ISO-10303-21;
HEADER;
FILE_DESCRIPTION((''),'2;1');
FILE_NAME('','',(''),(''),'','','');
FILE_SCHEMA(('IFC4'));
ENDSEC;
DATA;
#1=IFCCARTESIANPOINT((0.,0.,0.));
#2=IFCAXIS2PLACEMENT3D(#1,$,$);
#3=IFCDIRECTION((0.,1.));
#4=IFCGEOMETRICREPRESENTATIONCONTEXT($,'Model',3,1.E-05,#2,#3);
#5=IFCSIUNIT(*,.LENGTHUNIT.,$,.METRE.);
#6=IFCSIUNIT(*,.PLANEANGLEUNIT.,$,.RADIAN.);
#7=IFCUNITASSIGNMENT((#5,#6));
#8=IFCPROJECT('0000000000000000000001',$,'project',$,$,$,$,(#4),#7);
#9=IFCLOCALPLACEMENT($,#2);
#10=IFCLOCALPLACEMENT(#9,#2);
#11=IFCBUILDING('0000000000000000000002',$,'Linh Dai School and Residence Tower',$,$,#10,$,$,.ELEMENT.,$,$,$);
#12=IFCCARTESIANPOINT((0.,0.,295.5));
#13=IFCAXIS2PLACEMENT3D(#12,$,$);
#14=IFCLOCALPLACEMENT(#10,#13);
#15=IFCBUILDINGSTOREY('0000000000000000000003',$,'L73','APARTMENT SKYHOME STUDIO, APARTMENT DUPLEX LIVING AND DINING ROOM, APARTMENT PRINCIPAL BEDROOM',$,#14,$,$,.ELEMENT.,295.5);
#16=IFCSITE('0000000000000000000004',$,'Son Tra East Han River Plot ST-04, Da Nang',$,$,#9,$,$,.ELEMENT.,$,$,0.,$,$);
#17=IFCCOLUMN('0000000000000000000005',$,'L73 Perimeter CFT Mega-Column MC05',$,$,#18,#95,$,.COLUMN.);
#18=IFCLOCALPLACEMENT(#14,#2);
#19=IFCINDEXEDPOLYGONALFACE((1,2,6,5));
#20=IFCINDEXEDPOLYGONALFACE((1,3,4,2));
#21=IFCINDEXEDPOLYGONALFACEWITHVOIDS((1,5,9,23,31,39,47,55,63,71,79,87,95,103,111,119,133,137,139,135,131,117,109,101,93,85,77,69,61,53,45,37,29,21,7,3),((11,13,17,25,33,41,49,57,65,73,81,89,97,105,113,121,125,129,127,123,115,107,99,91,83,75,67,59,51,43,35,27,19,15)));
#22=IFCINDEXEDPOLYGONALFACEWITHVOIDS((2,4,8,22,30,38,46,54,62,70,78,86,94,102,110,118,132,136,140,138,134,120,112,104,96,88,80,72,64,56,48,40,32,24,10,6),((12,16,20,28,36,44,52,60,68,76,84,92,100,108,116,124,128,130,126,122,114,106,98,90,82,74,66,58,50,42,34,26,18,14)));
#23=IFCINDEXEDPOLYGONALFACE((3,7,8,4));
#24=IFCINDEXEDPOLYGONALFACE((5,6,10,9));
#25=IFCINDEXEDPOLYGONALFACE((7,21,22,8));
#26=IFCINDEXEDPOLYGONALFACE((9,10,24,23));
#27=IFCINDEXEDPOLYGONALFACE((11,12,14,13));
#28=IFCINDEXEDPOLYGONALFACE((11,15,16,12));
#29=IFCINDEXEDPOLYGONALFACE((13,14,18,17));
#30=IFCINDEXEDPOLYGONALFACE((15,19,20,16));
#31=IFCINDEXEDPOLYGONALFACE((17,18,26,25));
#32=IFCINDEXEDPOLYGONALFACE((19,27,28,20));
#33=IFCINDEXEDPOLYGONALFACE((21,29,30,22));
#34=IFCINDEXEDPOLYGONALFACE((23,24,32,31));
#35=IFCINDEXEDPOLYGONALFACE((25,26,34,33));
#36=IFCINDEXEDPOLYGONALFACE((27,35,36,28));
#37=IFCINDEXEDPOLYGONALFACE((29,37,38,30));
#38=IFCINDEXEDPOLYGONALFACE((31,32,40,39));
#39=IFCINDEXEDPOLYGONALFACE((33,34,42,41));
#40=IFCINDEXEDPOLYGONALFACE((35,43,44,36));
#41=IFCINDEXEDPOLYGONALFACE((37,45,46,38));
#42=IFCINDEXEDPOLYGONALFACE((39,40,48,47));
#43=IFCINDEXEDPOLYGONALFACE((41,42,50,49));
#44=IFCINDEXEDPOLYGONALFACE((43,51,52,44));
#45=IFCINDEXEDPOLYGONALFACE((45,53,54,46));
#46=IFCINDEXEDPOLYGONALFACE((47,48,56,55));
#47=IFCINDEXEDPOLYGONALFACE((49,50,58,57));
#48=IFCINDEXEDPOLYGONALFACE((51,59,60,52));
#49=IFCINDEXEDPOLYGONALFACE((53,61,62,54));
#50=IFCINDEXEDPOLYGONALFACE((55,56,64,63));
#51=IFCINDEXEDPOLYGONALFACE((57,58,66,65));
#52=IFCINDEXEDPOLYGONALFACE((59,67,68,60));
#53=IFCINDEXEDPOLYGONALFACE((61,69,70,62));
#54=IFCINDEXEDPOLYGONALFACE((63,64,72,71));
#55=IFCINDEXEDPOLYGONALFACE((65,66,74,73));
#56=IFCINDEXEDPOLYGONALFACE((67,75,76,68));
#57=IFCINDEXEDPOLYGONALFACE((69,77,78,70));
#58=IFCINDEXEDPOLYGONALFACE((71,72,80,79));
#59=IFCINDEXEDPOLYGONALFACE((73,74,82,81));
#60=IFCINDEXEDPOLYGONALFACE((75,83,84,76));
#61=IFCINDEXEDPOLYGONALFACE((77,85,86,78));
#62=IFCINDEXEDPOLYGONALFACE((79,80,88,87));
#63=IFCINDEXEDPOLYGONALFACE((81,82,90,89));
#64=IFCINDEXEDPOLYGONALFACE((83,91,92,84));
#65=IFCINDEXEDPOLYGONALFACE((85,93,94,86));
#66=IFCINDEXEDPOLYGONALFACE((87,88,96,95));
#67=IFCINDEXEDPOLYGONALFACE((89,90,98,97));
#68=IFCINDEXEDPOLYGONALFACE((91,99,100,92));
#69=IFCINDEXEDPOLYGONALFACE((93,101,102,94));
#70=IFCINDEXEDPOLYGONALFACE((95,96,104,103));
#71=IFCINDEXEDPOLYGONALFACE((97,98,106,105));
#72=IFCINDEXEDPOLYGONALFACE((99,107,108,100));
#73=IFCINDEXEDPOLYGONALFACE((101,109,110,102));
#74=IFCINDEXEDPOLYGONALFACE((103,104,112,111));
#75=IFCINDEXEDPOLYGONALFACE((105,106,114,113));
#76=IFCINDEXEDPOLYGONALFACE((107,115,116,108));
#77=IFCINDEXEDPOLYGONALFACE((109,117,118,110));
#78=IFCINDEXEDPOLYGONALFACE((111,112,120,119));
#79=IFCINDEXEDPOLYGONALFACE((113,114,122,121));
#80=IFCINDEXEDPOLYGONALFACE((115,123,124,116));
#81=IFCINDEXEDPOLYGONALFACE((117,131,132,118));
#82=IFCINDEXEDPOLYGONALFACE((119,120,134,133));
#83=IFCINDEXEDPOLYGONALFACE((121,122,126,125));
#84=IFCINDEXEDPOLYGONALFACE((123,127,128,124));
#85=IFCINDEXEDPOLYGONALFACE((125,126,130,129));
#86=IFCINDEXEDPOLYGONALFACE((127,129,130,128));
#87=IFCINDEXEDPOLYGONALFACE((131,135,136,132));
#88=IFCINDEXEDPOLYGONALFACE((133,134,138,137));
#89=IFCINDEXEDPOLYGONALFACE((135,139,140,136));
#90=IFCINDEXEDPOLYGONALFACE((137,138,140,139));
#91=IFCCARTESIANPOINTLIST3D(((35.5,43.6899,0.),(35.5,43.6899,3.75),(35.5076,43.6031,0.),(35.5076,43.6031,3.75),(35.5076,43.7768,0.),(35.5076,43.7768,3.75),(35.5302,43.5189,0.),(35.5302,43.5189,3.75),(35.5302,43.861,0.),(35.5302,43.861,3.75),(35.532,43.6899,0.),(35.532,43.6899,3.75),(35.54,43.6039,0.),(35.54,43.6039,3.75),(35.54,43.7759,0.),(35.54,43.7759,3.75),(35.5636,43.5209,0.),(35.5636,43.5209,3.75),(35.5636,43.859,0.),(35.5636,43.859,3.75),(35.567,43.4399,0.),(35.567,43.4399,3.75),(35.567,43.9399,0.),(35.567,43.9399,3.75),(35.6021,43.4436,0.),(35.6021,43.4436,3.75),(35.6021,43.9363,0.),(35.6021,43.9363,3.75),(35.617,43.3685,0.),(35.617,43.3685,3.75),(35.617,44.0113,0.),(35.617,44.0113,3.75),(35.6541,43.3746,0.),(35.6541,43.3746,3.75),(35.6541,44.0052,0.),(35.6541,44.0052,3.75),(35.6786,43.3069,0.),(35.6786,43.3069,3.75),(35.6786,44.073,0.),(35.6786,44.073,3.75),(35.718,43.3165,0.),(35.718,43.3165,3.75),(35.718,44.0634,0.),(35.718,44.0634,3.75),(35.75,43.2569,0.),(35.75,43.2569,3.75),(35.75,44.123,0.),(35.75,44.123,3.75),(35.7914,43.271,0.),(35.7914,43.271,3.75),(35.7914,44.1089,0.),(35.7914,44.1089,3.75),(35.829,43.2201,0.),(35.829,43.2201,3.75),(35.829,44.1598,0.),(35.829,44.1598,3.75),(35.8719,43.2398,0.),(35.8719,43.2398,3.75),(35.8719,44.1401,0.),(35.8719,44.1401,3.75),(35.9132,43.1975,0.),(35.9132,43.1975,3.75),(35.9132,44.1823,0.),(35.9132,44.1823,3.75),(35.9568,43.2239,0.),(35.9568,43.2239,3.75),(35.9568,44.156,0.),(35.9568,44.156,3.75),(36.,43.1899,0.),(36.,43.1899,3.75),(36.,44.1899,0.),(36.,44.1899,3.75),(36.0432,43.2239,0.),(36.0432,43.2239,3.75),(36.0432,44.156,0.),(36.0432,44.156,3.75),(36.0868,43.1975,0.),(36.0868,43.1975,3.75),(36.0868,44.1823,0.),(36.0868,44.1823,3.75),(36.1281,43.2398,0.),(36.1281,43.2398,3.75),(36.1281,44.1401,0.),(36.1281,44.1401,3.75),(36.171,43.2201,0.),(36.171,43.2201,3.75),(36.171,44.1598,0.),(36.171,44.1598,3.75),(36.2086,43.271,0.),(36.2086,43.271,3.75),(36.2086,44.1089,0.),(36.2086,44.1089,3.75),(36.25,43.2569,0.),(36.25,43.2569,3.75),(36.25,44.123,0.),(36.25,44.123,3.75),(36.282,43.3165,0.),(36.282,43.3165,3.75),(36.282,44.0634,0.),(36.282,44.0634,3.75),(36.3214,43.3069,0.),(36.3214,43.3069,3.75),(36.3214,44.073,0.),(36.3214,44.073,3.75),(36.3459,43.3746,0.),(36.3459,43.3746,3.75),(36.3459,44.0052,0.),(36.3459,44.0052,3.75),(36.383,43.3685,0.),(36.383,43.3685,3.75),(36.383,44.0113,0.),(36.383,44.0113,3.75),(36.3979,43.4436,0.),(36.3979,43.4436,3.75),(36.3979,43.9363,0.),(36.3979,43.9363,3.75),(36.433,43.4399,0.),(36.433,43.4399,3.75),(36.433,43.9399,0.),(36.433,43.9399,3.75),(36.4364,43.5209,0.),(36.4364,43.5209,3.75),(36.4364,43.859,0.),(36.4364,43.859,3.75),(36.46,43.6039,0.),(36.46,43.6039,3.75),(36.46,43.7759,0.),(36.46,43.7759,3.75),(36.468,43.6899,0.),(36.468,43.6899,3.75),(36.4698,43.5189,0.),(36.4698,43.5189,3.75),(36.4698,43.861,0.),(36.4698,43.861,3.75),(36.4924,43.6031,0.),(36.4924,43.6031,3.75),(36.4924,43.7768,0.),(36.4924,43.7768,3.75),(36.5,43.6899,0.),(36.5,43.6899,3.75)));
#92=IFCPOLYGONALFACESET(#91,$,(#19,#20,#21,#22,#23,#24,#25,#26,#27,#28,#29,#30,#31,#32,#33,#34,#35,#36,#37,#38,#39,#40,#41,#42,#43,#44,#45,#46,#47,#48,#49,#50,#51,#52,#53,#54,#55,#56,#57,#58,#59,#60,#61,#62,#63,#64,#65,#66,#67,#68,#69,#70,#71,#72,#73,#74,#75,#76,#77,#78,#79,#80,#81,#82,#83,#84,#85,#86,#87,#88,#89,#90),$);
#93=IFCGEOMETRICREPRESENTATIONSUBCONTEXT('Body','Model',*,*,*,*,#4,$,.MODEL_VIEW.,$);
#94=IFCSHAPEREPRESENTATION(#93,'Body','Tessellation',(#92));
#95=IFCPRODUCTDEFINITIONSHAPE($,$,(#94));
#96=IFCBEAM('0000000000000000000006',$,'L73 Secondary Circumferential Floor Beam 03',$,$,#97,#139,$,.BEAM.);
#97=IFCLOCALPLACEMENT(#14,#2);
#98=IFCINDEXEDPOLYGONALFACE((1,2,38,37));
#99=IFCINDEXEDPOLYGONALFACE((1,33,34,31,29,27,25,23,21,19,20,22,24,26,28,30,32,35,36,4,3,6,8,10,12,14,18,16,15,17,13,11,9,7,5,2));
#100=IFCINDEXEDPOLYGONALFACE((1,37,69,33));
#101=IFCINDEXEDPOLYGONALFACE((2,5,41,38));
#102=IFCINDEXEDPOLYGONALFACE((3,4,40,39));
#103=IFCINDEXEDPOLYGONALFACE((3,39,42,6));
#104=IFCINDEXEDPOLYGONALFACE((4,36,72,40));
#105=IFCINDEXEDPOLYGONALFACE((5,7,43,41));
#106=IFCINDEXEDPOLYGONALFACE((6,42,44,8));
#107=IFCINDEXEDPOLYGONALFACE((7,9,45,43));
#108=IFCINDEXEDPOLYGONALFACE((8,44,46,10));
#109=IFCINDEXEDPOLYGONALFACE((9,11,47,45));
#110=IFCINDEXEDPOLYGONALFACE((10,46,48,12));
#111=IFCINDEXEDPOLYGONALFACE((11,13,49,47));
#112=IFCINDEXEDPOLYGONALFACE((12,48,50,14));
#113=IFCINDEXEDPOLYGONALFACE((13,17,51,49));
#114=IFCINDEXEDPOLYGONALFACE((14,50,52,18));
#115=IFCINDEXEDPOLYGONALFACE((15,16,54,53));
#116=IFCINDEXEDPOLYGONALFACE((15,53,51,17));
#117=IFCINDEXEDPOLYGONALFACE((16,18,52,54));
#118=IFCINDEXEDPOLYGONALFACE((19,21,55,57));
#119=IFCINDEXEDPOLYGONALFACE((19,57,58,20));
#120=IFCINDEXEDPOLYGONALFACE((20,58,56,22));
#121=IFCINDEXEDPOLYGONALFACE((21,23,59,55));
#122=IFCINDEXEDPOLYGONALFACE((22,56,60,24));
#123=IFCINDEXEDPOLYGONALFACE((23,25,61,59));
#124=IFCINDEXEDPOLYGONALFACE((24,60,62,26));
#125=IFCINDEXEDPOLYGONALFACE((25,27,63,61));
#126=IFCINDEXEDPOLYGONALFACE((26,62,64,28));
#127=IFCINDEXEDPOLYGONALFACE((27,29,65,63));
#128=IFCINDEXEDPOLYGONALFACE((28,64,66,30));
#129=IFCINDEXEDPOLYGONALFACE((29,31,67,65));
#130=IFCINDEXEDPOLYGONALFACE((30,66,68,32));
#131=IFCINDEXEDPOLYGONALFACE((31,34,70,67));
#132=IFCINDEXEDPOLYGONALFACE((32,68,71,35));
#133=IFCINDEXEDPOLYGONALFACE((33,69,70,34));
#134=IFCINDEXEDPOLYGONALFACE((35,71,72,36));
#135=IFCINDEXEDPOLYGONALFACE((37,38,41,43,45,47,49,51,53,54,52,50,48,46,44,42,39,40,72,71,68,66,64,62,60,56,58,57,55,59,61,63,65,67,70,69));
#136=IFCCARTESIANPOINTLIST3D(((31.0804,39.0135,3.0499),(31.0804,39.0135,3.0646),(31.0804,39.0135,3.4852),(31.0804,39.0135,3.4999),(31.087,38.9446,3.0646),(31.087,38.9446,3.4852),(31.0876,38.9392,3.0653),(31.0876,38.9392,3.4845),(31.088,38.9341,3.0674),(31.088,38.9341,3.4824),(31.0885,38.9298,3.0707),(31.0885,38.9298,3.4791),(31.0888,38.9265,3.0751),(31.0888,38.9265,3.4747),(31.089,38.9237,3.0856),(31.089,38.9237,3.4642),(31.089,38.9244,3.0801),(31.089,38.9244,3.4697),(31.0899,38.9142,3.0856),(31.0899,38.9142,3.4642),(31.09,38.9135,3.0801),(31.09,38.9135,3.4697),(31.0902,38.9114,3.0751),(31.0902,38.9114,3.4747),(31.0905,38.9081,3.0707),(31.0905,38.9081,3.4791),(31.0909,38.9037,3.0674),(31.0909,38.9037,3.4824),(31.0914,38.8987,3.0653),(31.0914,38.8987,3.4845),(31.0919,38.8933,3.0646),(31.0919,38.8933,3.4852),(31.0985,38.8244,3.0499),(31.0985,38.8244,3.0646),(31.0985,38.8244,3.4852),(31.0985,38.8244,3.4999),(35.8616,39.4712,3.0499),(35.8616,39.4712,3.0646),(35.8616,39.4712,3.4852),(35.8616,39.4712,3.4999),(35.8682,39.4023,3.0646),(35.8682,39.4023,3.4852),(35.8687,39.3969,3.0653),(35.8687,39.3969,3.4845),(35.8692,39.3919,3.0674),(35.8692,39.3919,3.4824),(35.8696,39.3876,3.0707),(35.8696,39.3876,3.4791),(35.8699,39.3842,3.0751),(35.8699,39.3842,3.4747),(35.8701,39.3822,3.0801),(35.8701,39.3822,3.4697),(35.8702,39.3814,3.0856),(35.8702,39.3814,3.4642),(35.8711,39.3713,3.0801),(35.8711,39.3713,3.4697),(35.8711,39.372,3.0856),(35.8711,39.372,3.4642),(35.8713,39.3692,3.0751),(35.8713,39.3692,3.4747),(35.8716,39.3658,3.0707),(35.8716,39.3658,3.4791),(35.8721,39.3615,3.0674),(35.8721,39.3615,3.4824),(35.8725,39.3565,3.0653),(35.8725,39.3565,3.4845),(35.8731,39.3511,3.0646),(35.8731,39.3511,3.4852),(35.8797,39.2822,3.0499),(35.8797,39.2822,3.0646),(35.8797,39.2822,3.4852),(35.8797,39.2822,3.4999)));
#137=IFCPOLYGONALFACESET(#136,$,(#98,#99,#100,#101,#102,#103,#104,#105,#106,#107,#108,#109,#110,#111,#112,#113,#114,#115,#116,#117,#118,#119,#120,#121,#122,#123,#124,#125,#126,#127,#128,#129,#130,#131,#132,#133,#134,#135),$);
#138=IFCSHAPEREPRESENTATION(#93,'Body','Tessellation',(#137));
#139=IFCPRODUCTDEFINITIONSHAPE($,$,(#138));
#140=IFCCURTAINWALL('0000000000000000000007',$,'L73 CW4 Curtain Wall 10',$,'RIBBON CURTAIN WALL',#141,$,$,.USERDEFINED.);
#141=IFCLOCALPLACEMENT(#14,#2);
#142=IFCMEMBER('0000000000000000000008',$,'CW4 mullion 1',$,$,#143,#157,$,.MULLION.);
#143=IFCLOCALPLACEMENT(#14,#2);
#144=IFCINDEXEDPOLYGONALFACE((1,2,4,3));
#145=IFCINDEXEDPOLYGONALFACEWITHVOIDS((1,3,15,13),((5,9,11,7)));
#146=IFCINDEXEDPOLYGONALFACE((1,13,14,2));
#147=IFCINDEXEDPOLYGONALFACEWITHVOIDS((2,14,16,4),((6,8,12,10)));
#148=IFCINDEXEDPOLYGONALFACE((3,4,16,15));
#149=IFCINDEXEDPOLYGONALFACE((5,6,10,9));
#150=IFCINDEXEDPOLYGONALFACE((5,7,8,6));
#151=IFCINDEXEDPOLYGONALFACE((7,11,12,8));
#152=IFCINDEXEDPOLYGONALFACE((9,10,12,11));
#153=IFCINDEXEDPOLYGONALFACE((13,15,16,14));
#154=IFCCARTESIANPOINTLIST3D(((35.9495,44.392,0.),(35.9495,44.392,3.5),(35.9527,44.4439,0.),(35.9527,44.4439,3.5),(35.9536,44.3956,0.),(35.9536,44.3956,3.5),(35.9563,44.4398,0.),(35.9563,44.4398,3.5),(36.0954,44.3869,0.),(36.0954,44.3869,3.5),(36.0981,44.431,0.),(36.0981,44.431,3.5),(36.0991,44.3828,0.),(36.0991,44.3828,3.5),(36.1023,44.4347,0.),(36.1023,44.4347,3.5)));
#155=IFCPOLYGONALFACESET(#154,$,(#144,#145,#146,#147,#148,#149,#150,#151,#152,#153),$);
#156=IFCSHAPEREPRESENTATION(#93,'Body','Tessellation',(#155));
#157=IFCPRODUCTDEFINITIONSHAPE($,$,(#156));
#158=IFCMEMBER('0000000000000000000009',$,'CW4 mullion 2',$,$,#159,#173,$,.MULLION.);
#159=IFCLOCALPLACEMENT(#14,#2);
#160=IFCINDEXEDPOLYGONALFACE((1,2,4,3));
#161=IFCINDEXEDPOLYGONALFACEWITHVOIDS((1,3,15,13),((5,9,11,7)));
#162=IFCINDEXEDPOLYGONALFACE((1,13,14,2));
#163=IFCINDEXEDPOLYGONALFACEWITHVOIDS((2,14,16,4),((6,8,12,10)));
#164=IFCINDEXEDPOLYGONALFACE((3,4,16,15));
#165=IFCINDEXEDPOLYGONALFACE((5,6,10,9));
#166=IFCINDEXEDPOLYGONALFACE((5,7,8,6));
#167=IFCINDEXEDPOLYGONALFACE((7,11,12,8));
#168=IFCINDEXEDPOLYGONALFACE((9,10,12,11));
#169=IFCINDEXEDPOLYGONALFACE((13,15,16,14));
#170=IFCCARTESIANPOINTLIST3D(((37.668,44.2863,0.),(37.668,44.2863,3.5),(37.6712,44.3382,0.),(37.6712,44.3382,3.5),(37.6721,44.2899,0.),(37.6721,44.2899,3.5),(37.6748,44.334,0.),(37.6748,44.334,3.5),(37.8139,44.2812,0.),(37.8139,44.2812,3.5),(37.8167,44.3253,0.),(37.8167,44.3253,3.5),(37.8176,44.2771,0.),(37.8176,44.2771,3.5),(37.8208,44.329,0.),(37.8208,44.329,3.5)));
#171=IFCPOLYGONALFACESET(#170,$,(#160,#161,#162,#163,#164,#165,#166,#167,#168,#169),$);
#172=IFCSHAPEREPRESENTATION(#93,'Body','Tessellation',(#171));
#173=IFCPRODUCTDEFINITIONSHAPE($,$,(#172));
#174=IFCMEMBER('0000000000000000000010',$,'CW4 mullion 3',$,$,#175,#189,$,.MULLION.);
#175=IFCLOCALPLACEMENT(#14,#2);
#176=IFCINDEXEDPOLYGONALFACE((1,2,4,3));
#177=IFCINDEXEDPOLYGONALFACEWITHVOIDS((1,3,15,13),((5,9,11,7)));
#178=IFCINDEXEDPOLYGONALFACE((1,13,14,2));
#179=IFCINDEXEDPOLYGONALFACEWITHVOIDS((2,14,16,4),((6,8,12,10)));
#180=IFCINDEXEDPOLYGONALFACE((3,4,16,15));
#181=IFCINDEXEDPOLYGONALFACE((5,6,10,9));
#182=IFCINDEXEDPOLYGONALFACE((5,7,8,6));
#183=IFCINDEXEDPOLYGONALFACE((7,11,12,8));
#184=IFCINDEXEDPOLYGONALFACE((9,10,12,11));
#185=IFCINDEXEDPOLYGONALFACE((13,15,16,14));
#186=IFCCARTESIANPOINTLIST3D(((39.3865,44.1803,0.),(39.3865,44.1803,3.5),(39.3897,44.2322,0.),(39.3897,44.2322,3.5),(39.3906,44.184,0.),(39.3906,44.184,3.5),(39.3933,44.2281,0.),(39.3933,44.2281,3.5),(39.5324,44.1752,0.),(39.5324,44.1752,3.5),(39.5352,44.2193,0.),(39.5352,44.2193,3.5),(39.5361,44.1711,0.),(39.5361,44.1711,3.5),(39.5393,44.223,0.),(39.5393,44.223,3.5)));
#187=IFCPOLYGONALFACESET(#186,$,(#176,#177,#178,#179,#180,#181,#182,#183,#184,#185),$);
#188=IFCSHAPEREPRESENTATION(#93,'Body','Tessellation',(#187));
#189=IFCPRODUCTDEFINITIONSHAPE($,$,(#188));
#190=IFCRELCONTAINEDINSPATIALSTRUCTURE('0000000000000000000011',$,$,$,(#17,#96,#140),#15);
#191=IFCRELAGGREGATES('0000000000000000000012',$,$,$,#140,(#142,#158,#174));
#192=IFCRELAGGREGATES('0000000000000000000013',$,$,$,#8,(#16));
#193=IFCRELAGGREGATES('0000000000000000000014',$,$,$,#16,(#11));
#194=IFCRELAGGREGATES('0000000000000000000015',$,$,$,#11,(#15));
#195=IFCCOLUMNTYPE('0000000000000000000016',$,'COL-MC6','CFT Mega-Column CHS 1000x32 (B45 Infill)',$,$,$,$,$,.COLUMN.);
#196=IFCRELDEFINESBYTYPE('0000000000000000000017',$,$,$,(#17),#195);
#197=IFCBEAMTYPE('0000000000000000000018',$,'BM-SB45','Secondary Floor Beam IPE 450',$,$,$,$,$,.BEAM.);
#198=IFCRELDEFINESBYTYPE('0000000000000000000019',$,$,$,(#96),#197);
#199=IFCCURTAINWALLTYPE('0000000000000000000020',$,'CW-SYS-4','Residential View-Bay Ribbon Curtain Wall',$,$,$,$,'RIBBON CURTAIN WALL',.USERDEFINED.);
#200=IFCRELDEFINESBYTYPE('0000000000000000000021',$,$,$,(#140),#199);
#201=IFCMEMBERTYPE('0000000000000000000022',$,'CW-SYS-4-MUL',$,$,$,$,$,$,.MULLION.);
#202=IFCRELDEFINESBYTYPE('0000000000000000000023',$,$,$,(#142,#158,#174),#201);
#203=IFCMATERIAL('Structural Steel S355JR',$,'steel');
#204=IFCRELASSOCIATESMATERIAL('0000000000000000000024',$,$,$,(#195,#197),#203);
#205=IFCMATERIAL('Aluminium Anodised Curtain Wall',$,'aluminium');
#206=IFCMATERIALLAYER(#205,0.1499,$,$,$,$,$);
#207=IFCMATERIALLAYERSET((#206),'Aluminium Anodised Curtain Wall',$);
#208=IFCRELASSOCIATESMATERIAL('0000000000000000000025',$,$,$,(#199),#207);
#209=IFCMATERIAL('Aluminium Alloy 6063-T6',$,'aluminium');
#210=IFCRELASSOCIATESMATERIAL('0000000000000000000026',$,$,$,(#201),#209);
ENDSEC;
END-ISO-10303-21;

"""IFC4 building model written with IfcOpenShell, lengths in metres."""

from ifc_helpers import new_model, si_unit, direction, frame, origin, origin_2d, place, context, subcontext, project, spatial, hollow_rectangle, hollow_circle, i_section, extrude, source, transform, mapped, material, layer, layer_set, material_profile, profile_set, type_object, element, aggregate, save


model = new_model("IFC4")

# Units and contexts
model_context = context("Model", 3, precision=1e-05, world=origin(), true_north=direction((0.0, 1.0)))
body_context = subcontext(model_context, "Body", "Model", "MODEL_VIEW")
ifc_project = project(units=[si_unit("LENGTHUNIT", "METRE"), si_unit("PLANEANGLEUNIT", "RADIAN")], contexts=[model_context])

# Site, building, storey
site_placement = place(None, origin())
site = spatial("IfcSite", under=ifc_project, at=site_placement, Name="Son Tra East Han River Plot ST-04, Da Nang", CompositionType="ELEMENT", RefElevation=0.0)
building_placement = place(site_placement, origin())
building = spatial("IfcBuilding", under=site, at=building_placement, Name="Linh Dai School and Residence Tower", CompositionType="ELEMENT")
storey_placement = place(building_placement, frame((0.0, 0.0, 295.5)))
storey = spatial("IfcBuildingStorey", under=building, at=storey_placement, Name="L73", Description="APARTMENT SKYHOME STUDIO, APARTMENT DUPLEX LIVING AND DINING ROOM, APARTMENT PRINCIPAL BEDROOM", CompositionType="ELEMENT", Elevation=295.5)

# Column
ifc_material_1 = material(Name="Structural Steel S355JR", Category="steel")
ifc_material_profile_1 = material_profile(ifc_material_1, hollow_circle(Radius=0.5, WallThickness=0.032, at=origin_2d()), Name="CHS 1000x32")
ifc_profile_set_1 = profile_set([ifc_material_profile_1], Name="Structural Steel S355JR")
column_type = type_object("IfcColumnType", Name="COL-MC6", Description="CFT Mega-Column CHS 1000x32 (B45 Infill)", PredefinedType="COLUMN", material=ifc_profile_set_1)
column_placement = place(storey_placement, frame((36.0, 43.6899, 0.0), z_axis=(0.0, 0.0, 1.0), x_axis=(1.0, 0.0, 0.0)))
element("IfcColumn", 1, at=column_placement, inside=storey, type_object=column_type, Name="L73 Perimeter CFT Mega-Column MC05", PredefinedType="COLUMN", context=body_context, shape_type="SweptSolid", body=[
    extrude(hollow_circle(Radius=0.5, WallThickness=0.032, at=origin_2d()), origin(), (0.0, 0.0, 1.0), 3.75),
])

# Beam
ifc_material_profile_2 = material_profile(ifc_material_1, i_section(OverallWidth=0.1899, OverallDepth=0.45, WebThickness=0.0095, FlangeThickness=0.0146, FilletRadius=0.021, at=origin_2d()), Name="IPE 450")
ifc_profile_set_2 = profile_set([ifc_material_profile_2], Name="Structural Steel S355JR")
beam_type = type_object("IfcBeamType", Name="BM-SB45", Description="Secondary Floor Beam IPE 450", PredefinedType="BEAM", material=ifc_profile_set_2)
beam_placement = place(storey_placement, frame((35.8706, 39.3767, 3.2749), z_axis=(-0.995448, -0.09531, 0.0), x_axis=(0.09531, -0.995448, 0.0)))
element("IfcBeam", 2, at=beam_placement, inside=storey, type_object=beam_type, Name="L73 Secondary Circumferential Floor Beam 03", PredefinedType="BEAM", context=body_context, shape_type="SweptSolid", body=[
    extrude(i_section(OverallWidth=0.1899, OverallDepth=0.45, WebThickness=0.0095, FlangeThickness=0.0146, FilletRadius=0.021, at=origin_2d()), origin(), (0.0, 0.0, 1.0), 4.803),
])

# Curtain wall, members
ifc_material_2 = material(Name="Aluminium Anodised Curtain Wall", Category="aluminium")
ifc_layer_1 = layer(ifc_material_2, 0.1499)
ifc_layer_set_1 = layer_set([ifc_layer_1], Name="Aluminium Anodised Curtain Wall")
curtain_wall_type = type_object("IfcCurtainWallType", Name="CW-SYS-4", Description="Residential View-Bay Ribbon Curtain Wall", ElementType="RIBBON CURTAIN WALL", PredefinedType="USERDEFINED", material=ifc_layer_set_1)
curtain_wall_placement = place(storey_placement, origin())
curtain_wall = element("IfcCurtainWall", 3, at=curtain_wall_placement, inside=storey, type_object=curtain_wall_type, Name="L73 CW4 Curtain Wall 10", ObjectType="RIBBON CURTAIN WALL", PredefinedType="USERDEFINED")
ifc_material_3 = material(Name="Aluminium Alloy 6063-T6", Category="aluminium")
ifc_material_profile_3 = material_profile(ifc_material_3, hollow_rectangle(XDim=0.052, YDim=0.1499, WallThickness=0.0039, at=origin_2d()), Name="RHS 150x52x4")
ifc_profile_set_3 = profile_set([ifc_material_profile_3], Name="Aluminium Alloy 6063-T6")
member_type_1 = type_object("IfcMemberType", Name="CW-SYS-4-MUL", PredefinedType="MULLION", material=ifc_profile_set_3)
shared_shape_1 = source(origin(), body_context, "Body", "SweptSolid", [
    extrude(hollow_rectangle(XDim=0.052, YDim=0.1499, WallThickness=0.0039, at=origin_2d()), origin(), (0.0, 0.0, 1.0), 3.5),
])
member_1_placement = place(storey_placement, frame((36.0259, 44.4133, 0.0), z_axis=(0.0, 0.0, 1.0), x_axis=(0.06151, 0.998106, 0.0)))
member_1 = element("IfcMember", 4, at=member_1_placement, type_object=member_type_1, Name="CW4 mullion 1", PredefinedType="MULLION", context=body_context, shape_type="MappedRepresentation", body=[
    mapped(shared_shape_1, transform((0.0, 0.0, 0.0), x_axis=(1.0, 0.0, 0.0), y_axis=(0.0, 1.0, 0.0), z_axis=(0.0, 0.0, 1.0), scale=1.0)),
])
member_2_placement = place(storey_placement, frame((37.7444, 44.3076, 0.0), z_axis=(0.0, 0.0, 1.0), x_axis=(0.06151, 0.998106, 0.0)))
member_2 = element("IfcMember", 5, at=member_2_placement, type_object=member_type_1, Name="CW4 mullion 2", PredefinedType="MULLION", context=body_context, shape_type="MappedRepresentation", body=[
    mapped(shared_shape_1, transform((0.0, 0.0, 0.0), x_axis=(1.0, 0.0, 0.0), y_axis=(0.0, 1.0, 0.0), z_axis=(0.0, 0.0, 1.0), scale=1.0)),
])
member_3_placement = place(storey_placement, frame((39.4629, 44.2017, 0.0), z_axis=(0.0, 0.0, 1.0), x_axis=(0.06151, 0.998106, 0.0)))
member_3 = element("IfcMember", 6, at=member_3_placement, type_object=member_type_1, Name="CW4 mullion 3", PredefinedType="MULLION", context=body_context, shape_type="MappedRepresentation", body=[
    mapped(shared_shape_1, transform((0.0, 0.0, 0.0), x_axis=(1.0, 0.0, 0.0), y_axis=(0.0, 1.0, 0.0), z_axis=(0.0, 0.0, 1.0), scale=1.0)),
])

aggregate(curtain_wall, [member_1, member_2, member_3])

save(model, "model.ifc")
